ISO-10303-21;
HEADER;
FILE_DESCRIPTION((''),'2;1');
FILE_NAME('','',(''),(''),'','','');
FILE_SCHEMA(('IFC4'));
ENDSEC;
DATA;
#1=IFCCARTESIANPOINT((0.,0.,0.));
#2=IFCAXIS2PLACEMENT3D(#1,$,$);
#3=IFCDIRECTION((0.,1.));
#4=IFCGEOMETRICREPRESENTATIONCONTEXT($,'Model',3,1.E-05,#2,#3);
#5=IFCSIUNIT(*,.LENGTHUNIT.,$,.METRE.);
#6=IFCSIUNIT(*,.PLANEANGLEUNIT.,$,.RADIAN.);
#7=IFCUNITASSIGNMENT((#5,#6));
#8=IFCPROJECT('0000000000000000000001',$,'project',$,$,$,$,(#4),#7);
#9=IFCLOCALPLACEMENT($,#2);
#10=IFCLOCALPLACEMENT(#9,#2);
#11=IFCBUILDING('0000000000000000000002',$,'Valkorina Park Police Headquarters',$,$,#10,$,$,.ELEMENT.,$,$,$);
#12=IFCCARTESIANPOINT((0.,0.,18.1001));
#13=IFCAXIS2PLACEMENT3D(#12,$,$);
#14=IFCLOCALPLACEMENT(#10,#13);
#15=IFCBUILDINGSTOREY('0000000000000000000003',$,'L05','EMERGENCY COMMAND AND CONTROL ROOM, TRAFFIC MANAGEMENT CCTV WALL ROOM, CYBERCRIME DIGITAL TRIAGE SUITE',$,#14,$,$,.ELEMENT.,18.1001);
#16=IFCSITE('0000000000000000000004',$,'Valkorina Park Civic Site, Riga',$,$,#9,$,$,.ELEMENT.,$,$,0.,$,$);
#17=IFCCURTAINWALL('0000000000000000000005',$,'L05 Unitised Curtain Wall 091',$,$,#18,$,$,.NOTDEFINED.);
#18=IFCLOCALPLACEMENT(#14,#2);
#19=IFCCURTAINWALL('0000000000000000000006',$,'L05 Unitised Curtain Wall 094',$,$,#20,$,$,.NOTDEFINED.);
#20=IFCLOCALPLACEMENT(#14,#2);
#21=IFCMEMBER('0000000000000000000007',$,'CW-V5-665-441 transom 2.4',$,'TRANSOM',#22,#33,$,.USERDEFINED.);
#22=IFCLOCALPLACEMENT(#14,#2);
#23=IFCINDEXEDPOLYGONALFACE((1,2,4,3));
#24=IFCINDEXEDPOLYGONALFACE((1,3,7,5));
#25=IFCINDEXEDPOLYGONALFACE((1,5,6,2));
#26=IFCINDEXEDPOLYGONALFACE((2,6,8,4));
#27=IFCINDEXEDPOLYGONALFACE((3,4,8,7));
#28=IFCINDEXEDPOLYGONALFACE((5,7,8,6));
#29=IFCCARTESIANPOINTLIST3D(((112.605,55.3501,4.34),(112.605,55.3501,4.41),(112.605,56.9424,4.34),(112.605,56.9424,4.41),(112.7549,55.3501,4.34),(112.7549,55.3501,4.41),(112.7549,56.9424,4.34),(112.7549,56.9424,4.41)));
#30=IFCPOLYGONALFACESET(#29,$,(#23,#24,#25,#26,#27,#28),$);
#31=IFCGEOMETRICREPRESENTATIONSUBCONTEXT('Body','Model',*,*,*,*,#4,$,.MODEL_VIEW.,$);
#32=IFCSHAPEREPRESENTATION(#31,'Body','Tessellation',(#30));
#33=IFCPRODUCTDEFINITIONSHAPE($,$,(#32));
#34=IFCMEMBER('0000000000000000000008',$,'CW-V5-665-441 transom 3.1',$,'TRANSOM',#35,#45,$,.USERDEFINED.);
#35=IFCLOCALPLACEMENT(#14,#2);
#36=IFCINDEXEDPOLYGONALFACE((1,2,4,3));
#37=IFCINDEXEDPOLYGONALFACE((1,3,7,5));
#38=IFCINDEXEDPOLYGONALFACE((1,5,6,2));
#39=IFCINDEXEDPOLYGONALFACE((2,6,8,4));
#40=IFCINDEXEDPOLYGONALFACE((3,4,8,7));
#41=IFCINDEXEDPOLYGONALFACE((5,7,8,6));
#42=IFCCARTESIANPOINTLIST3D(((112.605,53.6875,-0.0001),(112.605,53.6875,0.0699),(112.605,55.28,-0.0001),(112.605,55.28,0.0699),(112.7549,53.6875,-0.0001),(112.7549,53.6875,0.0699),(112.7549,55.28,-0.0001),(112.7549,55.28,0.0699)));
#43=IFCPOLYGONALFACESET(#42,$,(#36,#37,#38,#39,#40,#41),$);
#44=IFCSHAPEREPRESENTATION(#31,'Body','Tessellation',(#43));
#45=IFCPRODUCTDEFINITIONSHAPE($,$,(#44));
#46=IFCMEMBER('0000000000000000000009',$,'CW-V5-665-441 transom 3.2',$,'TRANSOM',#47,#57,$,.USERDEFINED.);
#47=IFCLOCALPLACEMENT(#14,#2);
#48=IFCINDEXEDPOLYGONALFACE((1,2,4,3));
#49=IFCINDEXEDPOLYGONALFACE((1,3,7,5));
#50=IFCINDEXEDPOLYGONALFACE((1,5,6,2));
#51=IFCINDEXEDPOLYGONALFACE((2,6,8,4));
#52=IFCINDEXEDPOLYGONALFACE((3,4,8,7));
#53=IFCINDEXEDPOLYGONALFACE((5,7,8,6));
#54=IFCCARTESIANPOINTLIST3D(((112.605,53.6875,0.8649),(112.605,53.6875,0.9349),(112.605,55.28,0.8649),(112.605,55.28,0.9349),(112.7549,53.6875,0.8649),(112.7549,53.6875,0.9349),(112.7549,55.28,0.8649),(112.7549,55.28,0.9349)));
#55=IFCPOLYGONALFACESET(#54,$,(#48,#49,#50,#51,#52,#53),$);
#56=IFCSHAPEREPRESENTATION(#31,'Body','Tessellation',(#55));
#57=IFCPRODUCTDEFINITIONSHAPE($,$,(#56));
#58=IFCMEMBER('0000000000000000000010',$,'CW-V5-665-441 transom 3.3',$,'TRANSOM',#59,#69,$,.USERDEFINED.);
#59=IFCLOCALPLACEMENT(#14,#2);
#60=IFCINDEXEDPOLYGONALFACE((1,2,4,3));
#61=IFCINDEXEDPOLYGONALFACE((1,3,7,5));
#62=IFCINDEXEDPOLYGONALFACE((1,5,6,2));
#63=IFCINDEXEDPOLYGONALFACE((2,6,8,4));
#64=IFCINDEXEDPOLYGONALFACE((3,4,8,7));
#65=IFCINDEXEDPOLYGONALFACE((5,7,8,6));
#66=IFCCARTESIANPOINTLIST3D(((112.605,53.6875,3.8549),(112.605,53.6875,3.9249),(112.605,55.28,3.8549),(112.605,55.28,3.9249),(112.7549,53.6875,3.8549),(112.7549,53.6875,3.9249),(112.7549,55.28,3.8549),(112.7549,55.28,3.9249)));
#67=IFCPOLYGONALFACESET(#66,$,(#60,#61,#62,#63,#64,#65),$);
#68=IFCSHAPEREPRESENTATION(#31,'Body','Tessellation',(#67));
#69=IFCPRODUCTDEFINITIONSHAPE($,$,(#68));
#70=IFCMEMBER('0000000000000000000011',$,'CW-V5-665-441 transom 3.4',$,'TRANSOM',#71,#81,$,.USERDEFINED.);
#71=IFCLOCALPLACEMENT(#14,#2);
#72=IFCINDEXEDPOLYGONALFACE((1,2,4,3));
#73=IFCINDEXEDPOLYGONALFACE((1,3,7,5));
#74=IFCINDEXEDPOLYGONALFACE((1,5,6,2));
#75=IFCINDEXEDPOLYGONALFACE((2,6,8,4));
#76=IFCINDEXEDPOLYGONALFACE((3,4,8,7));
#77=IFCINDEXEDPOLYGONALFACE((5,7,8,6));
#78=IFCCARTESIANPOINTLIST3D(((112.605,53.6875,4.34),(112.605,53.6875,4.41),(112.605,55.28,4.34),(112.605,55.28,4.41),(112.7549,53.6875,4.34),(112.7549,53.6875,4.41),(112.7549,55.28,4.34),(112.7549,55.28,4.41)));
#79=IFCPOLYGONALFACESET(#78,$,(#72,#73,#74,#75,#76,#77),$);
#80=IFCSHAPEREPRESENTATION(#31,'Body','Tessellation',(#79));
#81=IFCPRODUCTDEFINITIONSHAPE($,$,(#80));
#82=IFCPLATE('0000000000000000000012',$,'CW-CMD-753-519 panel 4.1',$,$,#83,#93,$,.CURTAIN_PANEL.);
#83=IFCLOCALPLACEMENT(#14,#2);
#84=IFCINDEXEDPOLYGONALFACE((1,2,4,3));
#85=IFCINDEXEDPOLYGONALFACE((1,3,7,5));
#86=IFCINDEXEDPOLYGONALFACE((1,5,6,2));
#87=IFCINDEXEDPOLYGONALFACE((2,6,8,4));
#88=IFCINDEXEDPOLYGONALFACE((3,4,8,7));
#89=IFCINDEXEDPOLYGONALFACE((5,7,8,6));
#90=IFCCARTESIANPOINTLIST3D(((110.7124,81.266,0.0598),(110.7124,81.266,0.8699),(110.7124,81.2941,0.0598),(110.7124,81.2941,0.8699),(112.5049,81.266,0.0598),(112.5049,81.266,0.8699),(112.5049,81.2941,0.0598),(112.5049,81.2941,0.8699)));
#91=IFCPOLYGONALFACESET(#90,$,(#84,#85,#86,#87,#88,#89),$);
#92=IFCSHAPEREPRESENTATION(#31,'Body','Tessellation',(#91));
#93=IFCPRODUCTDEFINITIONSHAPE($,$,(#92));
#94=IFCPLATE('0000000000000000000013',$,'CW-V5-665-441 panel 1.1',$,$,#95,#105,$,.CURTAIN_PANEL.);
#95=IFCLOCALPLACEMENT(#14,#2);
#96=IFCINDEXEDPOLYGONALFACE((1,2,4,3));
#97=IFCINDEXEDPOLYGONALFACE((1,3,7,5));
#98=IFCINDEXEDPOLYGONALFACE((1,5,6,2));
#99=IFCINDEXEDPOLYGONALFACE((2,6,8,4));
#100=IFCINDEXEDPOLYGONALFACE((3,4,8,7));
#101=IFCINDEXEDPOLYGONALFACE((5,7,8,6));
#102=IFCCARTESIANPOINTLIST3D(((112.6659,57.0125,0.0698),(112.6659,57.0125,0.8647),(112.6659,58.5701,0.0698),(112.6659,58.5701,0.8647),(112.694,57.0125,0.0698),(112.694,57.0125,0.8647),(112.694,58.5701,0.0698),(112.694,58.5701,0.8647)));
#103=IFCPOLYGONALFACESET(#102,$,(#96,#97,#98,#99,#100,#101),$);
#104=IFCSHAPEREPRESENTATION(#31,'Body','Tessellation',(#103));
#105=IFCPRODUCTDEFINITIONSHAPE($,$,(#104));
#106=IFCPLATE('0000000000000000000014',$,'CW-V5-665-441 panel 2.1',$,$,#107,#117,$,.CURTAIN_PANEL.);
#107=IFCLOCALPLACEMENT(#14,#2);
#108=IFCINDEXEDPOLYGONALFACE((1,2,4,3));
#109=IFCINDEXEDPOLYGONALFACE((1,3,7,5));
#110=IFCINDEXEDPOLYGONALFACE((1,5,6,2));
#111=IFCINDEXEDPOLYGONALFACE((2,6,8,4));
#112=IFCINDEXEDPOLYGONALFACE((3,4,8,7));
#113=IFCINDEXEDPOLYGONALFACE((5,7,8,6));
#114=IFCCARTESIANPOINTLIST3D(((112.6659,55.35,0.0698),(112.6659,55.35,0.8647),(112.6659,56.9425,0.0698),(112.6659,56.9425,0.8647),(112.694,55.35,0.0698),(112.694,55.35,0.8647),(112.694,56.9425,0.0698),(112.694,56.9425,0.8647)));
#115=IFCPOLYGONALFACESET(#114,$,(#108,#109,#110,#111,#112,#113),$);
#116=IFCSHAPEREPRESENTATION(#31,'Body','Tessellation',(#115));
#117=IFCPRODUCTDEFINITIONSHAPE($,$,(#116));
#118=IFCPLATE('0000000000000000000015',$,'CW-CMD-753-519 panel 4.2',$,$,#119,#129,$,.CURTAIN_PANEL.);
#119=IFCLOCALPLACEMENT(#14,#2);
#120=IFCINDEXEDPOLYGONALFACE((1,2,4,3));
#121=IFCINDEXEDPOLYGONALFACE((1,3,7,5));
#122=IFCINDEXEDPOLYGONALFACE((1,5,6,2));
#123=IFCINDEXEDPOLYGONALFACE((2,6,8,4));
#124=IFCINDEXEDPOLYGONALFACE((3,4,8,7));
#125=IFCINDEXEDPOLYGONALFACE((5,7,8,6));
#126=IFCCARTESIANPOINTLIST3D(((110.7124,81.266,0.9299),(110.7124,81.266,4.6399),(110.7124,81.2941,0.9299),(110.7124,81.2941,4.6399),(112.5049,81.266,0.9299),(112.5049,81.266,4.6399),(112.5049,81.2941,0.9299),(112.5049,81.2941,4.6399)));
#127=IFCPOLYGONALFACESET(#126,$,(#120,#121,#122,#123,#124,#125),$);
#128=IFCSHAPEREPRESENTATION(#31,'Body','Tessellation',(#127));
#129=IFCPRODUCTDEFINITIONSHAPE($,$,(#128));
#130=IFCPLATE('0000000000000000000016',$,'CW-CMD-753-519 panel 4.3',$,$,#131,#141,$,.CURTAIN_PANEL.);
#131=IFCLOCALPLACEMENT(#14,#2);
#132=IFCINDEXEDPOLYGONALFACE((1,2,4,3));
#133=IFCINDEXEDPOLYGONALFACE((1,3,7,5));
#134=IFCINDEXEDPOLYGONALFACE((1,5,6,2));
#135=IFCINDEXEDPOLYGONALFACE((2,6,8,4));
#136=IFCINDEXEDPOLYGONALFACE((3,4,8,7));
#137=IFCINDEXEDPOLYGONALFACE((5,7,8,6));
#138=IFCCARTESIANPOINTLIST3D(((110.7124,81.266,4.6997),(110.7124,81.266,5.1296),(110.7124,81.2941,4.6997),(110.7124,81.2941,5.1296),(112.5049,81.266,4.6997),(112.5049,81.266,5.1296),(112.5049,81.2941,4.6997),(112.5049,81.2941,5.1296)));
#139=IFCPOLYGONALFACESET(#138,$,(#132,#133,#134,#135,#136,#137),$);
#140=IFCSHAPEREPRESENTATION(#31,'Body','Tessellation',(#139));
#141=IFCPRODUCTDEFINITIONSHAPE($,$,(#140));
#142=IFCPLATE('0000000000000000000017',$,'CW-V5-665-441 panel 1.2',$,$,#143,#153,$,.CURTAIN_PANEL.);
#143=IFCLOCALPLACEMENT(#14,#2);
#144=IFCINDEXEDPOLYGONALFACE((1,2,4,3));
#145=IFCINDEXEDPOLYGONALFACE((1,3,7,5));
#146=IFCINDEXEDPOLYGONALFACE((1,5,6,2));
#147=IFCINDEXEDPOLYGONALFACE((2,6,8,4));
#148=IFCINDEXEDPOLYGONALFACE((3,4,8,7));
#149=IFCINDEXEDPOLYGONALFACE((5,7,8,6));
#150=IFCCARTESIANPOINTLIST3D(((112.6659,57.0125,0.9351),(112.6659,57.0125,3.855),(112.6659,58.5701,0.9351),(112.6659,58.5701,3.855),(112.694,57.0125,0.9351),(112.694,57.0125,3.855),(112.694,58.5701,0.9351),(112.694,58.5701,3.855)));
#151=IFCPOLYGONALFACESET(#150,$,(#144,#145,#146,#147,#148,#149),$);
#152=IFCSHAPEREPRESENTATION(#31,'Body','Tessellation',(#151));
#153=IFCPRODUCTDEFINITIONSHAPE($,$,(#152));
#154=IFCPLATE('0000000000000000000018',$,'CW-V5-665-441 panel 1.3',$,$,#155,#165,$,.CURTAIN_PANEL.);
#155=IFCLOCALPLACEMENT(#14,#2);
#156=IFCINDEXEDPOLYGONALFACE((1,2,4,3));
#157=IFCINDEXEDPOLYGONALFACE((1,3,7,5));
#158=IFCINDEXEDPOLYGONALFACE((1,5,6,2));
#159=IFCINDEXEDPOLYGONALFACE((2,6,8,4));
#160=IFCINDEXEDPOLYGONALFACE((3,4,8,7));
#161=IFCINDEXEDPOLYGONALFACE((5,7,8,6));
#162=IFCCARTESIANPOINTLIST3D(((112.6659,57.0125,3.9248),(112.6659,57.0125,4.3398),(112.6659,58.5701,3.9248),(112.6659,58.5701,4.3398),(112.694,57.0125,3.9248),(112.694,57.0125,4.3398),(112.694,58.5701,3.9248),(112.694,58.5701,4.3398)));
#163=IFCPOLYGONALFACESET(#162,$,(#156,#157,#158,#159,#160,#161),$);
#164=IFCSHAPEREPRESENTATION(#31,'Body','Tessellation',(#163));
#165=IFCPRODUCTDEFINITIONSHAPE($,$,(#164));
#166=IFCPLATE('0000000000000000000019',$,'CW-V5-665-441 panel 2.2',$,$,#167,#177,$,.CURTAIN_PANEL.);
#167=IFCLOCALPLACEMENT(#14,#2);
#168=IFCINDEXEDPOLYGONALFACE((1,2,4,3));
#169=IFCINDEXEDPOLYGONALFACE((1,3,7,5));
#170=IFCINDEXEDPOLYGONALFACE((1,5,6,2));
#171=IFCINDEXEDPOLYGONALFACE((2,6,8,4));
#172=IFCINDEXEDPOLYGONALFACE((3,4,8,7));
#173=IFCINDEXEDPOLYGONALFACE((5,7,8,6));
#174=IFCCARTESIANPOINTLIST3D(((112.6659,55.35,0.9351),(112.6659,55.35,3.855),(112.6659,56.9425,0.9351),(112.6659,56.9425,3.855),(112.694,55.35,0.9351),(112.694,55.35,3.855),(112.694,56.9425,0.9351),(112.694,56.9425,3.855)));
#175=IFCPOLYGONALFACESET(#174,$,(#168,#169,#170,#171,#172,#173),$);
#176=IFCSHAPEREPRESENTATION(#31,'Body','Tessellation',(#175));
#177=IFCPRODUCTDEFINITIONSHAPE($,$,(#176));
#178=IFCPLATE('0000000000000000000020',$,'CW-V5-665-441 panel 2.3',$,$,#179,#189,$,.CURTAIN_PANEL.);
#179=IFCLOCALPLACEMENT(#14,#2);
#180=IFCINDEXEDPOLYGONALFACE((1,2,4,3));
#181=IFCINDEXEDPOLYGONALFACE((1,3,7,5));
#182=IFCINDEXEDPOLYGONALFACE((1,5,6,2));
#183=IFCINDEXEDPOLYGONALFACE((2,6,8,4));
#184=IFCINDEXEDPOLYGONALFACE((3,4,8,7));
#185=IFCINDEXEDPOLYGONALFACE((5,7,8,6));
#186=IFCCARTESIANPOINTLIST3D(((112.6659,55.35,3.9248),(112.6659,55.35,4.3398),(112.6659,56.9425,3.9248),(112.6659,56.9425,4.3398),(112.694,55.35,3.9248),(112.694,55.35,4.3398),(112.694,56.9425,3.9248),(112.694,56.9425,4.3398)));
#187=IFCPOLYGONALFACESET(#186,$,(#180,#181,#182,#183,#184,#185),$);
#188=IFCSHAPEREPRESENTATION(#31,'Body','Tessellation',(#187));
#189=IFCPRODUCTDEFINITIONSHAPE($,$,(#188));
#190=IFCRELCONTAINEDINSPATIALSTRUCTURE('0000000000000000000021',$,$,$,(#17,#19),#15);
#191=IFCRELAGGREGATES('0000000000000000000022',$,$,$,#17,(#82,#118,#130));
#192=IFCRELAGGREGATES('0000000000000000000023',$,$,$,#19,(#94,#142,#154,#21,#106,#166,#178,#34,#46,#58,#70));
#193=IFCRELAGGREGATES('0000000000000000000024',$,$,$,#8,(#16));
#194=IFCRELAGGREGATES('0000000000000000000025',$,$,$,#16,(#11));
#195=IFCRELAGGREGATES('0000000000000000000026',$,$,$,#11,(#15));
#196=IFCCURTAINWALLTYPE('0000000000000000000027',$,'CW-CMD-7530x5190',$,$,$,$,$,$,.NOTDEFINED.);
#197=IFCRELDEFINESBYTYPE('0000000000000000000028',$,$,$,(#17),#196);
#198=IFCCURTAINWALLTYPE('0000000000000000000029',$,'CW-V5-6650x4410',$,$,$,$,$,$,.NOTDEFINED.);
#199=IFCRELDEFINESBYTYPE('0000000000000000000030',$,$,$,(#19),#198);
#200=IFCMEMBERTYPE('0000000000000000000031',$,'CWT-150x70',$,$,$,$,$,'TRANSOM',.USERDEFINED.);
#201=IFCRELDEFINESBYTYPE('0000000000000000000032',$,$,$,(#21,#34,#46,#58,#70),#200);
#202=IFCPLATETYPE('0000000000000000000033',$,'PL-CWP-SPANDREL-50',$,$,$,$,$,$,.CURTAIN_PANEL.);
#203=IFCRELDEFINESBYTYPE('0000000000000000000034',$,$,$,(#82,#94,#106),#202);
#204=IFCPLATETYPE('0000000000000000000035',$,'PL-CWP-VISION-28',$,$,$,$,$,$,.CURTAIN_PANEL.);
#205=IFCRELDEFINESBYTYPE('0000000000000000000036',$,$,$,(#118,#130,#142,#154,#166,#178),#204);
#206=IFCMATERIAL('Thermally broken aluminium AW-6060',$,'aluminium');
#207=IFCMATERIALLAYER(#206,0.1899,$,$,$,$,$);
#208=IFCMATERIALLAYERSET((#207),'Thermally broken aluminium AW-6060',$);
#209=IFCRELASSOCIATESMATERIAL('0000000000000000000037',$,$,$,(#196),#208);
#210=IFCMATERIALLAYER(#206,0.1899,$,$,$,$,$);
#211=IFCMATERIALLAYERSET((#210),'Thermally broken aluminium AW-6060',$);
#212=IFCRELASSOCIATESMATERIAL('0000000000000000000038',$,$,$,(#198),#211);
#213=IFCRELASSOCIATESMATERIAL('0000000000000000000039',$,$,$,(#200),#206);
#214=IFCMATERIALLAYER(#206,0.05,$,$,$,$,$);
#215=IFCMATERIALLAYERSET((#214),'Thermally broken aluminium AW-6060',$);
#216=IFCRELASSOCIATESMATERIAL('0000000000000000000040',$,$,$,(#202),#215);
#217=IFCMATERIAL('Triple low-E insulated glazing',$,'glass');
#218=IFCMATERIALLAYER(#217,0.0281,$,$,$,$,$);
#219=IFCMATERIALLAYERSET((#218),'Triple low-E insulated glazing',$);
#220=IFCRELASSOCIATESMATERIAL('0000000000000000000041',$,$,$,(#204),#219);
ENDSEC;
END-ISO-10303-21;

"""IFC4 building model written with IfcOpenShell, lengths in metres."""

from ifc_helpers import new_model, si_unit, direction, frame, origin, origin_2d, place, context, subcontext, project, spatial, rectangle, extrude, material, layer, layer_set, material_profile, profile_set, type_object, element, aggregate, save


model = new_model("IFC4")

# Units and contexts
model_context = context("Model", 3, precision=1e-05, world=origin(), true_north=direction((0.0, 1.0)))
body_context = subcontext(model_context, "Body", "Model", "MODEL_VIEW")
ifc_project = project(units=[si_unit("LENGTHUNIT", "METRE"), si_unit("PLANEANGLEUNIT", "RADIAN")], contexts=[model_context])

# Site, building, storey
site_placement = place(None, origin())
site = spatial("IfcSite", under=ifc_project, at=site_placement, Name="Valkorina Park Civic Site, Riga", CompositionType="ELEMENT", RefElevation=0.0)
building_placement = place(site_placement, origin())
building = spatial("IfcBuilding", under=site, at=building_placement, Name="Valkorina Park Police Headquarters", CompositionType="ELEMENT")
storey_placement = place(building_placement, frame((0.0, 0.0, 18.1001)))
storey = spatial("IfcBuildingStorey", under=building, at=storey_placement, Name="L05", Description="EMERGENCY COMMAND AND CONTROL ROOM, TRAFFIC MANAGEMENT CCTV WALL ROOM, CYBERCRIME DIGITAL TRIAGE SUITE", CompositionType="ELEMENT", Elevation=18.1001)

# Curtain wall
ifc_material_1 = material(Name="Thermally broken aluminium AW-6060", Category="aluminium")
ifc_layer_1 = layer(ifc_material_1, 0.1899)
ifc_layer_set_1 = layer_set([ifc_layer_1], Name="Thermally broken aluminium AW-6060")
curtain_wall_type_1 = type_object("IfcCurtainWallType", Name="CW-CMD-7530x5190", PredefinedType="NOTDEFINED", material=ifc_layer_set_1)
curtain_wall_1_placement = place(storey_placement, origin())
curtain_wall_1 = element("IfcCurtainWall", 1, at=curtain_wall_1_placement, inside=storey, type_object=curtain_wall_type_1, Name="L05 Unitised Curtain Wall 091", PredefinedType="NOTDEFINED")

# Curtain wall, members
ifc_layer_2 = layer(ifc_material_1, 0.1899)
ifc_layer_set_2 = layer_set([ifc_layer_2], Name="Thermally broken aluminium AW-6060")
curtain_wall_type_2 = type_object("IfcCurtainWallType", Name="CW-V5-6650x4410", PredefinedType="NOTDEFINED", material=ifc_layer_set_2)
curtain_wall_2_placement = place(storey_placement, origin())
curtain_wall_2 = element("IfcCurtainWall", 2, at=curtain_wall_2_placement, inside=storey, type_object=curtain_wall_type_2, Name="L05 Unitised Curtain Wall 094", PredefinedType="NOTDEFINED")
ifc_material_profile_1 = material_profile(ifc_material_1, rectangle(XDim=0.1499, YDim=0.0701, at=origin_2d()), Name="CWT-02 150x70")
ifc_profile_set_1 = profile_set([ifc_material_profile_1], Name="Thermally broken aluminium AW-6060")
member_type_1 = type_object("IfcMemberType", Name="CWT-150x70", ElementType="TRANSOM", PredefinedType="USERDEFINED", material=ifc_profile_set_1)
member_1_placement = place(storey_placement, frame((112.6799, 56.9424, 4.375), z_axis=(0.0, -1.0, 0.0), x_axis=(1.0, 0.0, 0.0)))
member_1 = element("IfcMember", 3, at=member_1_placement, type_object=member_type_1, Name="CW-V5-665-441 transom 2.4", ObjectType="TRANSOM", PredefinedType="USERDEFINED", context=body_context, shape_type="SweptSolid", body=[
    extrude(rectangle(XDim=0.1499, YDim=0.0701, at=origin_2d()), origin(), (0.0, 0.0, 1.0), 1.5923),
])
member_2_placement = place(storey_placement, frame((112.6799, 55.28, 0.0349), z_axis=(0.0, -1.0, 0.0), x_axis=(1.0, 0.0, 0.0)))
member_2 = element("IfcMember", 4, at=member_2_placement, type_object=member_type_1, Name="CW-V5-665-441 transom 3.1", ObjectType="TRANSOM", PredefinedType="USERDEFINED", context=body_context, shape_type="SweptSolid", body=[
    extrude(rectangle(XDim=0.1499, YDim=0.0701, at=origin_2d()), origin(), (0.0, 0.0, 1.0), 1.5925),
])
member_3_placement = place(storey_placement, frame((112.6799, 55.28, 0.8999), z_axis=(0.0, -1.0, 0.0), x_axis=(1.0, 0.0, 0.0)))
member_3 = element("IfcMember", 5, at=member_3_placement, type_object=member_type_1, Name="CW-V5-665-441 transom 3.2", ObjectType="TRANSOM", PredefinedType="USERDEFINED", context=body_context, shape_type="SweptSolid", body=[
    extrude(rectangle(XDim=0.1499, YDim=0.0701, at=origin_2d()), origin(), (0.0, 0.0, 1.0), 1.5925),
])
member_4_placement = place(storey_placement, frame((112.6799, 55.28, 3.8899), z_axis=(0.0, -1.0, 0.0), x_axis=(1.0, 0.0, 0.0)))
member_4 = element("IfcMember", 6, at=member_4_placement, type_object=member_type_1, Name="CW-V5-665-441 transom 3.3", ObjectType="TRANSOM", PredefinedType="USERDEFINED", context=body_context, shape_type="SweptSolid", body=[
    extrude(rectangle(XDim=0.1499, YDim=0.0701, at=origin_2d()), origin(), (0.0, 0.0, 1.0), 1.5925),
])
member_5_placement = place(storey_placement, frame((112.6799, 55.28, 4.375), z_axis=(0.0, -1.0, 0.0), x_axis=(1.0, 0.0, 0.0)))
member_5 = element("IfcMember", 7, at=member_5_placement, type_object=member_type_1, Name="CW-V5-665-441 transom 3.4", ObjectType="TRANSOM", PredefinedType="USERDEFINED", context=body_context, shape_type="SweptSolid", body=[
    extrude(rectangle(XDim=0.1499, YDim=0.0701, at=origin_2d()), origin(), (0.0, 0.0, 1.0), 1.5925),
])

# Plates
ifc_layer_3 = layer(ifc_material_1, 0.05)
ifc_layer_set_3 = layer_set([ifc_layer_3], Name="Thermally broken aluminium AW-6060")
plate_type_1 = type_object("IfcPlateType", Name="PL-CWP-SPANDREL-50", PredefinedType="CURTAIN_PANEL", material=ifc_layer_set_3)
plate_1_placement = place(storey_placement, frame((111.6086, 81.28, 0.0598), z_axis=(0.0, 0.0, 1.0), x_axis=(1.0, 0.0, 0.0)))
plate_1 = element("IfcPlate", 8, at=plate_1_placement, type_object=plate_type_1, Name="CW-CMD-753-519 panel 4.1", PredefinedType="CURTAIN_PANEL", context=body_context, shape_type="SweptSolid", body=[
    extrude(rectangle(XDim=1.7925, YDim=0.0281, at=origin_2d()), origin(), (0.0, 0.0, 1.0), 0.8101),
])
plate_2_placement = place(storey_placement, frame((112.6799, 57.7913, 0.0698), z_axis=(0.0, 0.0, 1.0), x_axis=(0.0, -1.0, 0.0)))
plate_2 = element("IfcPlate", 9, at=plate_2_placement, type_object=plate_type_1, Name="CW-V5-665-441 panel 1.1", PredefinedType="CURTAIN_PANEL", context=body_context, shape_type="SweptSolid", body=[
    extrude(rectangle(XDim=1.5576, YDim=0.0281, at=origin_2d()), origin(), (0.0, 0.0, 1.0), 0.7949),
])
plate_3_placement = place(storey_placement, frame((112.6799, 56.1462, 0.0698), z_axis=(0.0, 0.0, 1.0), x_axis=(0.0, -1.0, 0.0)))
plate_3 = element("IfcPlate", 10, at=plate_3_placement, type_object=plate_type_1, Name="CW-V5-665-441 panel 2.1", PredefinedType="CURTAIN_PANEL", context=body_context, shape_type="SweptSolid", body=[
    extrude(rectangle(XDim=1.5925, YDim=0.0281, at=origin_2d()), origin(), (0.0, 0.0, 1.0), 0.7949),
])
ifc_material_2 = material(Name="Triple low-E insulated glazing", Category="glass")
ifc_layer_4 = layer(ifc_material_2, 0.0281)
ifc_layer_set_4 = layer_set([ifc_layer_4], Name="Triple low-E insulated glazing")
plate_type_2 = type_object("IfcPlateType", Name="PL-CWP-VISION-28", PredefinedType="CURTAIN_PANEL", material=ifc_layer_set_4)
plate_4_placement = place(storey_placement, frame((111.6086, 81.28, 0.9299), z_axis=(0.0, 0.0, 1.0), x_axis=(1.0, 0.0, 0.0)))
plate_4 = element("IfcPlate", 11, at=plate_4_placement, type_object=plate_type_2, Name="CW-CMD-753-519 panel 4.2", PredefinedType="CURTAIN_PANEL", context=body_context, shape_type="SweptSolid", body=[
    extrude(rectangle(XDim=1.7925, YDim=0.0281, at=origin_2d()), origin(), (0.0, 0.0, 1.0), 3.71),
])
plate_5_placement = place(storey_placement, frame((111.6086, 81.28, 4.6997), z_axis=(0.0, 0.0, 1.0), x_axis=(1.0, 0.0, 0.0)))
plate_5 = element("IfcPlate", 12, at=plate_5_placement, type_object=plate_type_2, Name="CW-CMD-753-519 panel 4.3", PredefinedType="CURTAIN_PANEL", context=body_context, shape_type="SweptSolid", body=[
    extrude(rectangle(XDim=1.7925, YDim=0.0281, at=origin_2d()), origin(), (0.0, 0.0, 1.0), 0.4299),
])
aggregate(curtain_wall_1, [plate_1, plate_4, plate_5])
plate_6_placement = place(storey_placement, frame((112.6799, 57.7913, 0.9351), z_axis=(0.0, 0.0, 1.0), x_axis=(0.0, -1.0, 0.0)))
plate_6 = element("IfcPlate", 13, at=plate_6_placement, type_object=plate_type_2, Name="CW-V5-665-441 panel 1.2", PredefinedType="CURTAIN_PANEL", context=body_context, shape_type="SweptSolid", body=[
    extrude(rectangle(XDim=1.5576, YDim=0.0281, at=origin_2d()), origin(), (0.0, 0.0, 1.0), 2.9199),
])
plate_7_placement = place(storey_placement, frame((112.6799, 57.7913, 3.9248), z_axis=(0.0, 0.0, 1.0), x_axis=(0.0, -1.0, 0.0)))
plate_7 = element("IfcPlate", 14, at=plate_7_placement, type_object=plate_type_2, Name="CW-V5-665-441 panel 1.3", PredefinedType="CURTAIN_PANEL", context=body_context, shape_type="SweptSolid", body=[
    extrude(rectangle(XDim=1.5576, YDim=0.0281, at=origin_2d()), origin(), (0.0, 0.0, 1.0), 0.415),
])
plate_8_placement = place(storey_placement, frame((112.6799, 56.1462, 0.9351), z_axis=(0.0, 0.0, 1.0), x_axis=(0.0, -1.0, 0.0)))
plate_8 = element("IfcPlate", 15, at=plate_8_placement, type_object=plate_type_2, Name="CW-V5-665-441 panel 2.2", PredefinedType="CURTAIN_PANEL", context=body_context, shape_type="SweptSolid", body=[
    extrude(rectangle(XDim=1.5925, YDim=0.0281, at=origin_2d()), origin(), (0.0, 0.0, 1.0), 2.9199),
])
plate_9_placement = place(storey_placement, frame((112.6799, 56.1462, 3.9248), z_axis=(0.0, 0.0, 1.0), x_axis=(0.0, -1.0, 0.0)))
plate_9 = element("IfcPlate", 16, at=plate_9_placement, type_object=plate_type_2, Name="CW-V5-665-441 panel 2.3", PredefinedType="CURTAIN_PANEL", context=body_context, shape_type="SweptSolid", body=[
    extrude(rectangle(XDim=1.5925, YDim=0.0281, at=origin_2d()), origin(), (0.0, 0.0, 1.0), 0.415),
])
aggregate(curtain_wall_2, [plate_2, plate_6, plate_7, member_1, plate_3, plate_8, plate_9, member_2, member_3, member_4, member_5])

save(model, "model.ifc")
